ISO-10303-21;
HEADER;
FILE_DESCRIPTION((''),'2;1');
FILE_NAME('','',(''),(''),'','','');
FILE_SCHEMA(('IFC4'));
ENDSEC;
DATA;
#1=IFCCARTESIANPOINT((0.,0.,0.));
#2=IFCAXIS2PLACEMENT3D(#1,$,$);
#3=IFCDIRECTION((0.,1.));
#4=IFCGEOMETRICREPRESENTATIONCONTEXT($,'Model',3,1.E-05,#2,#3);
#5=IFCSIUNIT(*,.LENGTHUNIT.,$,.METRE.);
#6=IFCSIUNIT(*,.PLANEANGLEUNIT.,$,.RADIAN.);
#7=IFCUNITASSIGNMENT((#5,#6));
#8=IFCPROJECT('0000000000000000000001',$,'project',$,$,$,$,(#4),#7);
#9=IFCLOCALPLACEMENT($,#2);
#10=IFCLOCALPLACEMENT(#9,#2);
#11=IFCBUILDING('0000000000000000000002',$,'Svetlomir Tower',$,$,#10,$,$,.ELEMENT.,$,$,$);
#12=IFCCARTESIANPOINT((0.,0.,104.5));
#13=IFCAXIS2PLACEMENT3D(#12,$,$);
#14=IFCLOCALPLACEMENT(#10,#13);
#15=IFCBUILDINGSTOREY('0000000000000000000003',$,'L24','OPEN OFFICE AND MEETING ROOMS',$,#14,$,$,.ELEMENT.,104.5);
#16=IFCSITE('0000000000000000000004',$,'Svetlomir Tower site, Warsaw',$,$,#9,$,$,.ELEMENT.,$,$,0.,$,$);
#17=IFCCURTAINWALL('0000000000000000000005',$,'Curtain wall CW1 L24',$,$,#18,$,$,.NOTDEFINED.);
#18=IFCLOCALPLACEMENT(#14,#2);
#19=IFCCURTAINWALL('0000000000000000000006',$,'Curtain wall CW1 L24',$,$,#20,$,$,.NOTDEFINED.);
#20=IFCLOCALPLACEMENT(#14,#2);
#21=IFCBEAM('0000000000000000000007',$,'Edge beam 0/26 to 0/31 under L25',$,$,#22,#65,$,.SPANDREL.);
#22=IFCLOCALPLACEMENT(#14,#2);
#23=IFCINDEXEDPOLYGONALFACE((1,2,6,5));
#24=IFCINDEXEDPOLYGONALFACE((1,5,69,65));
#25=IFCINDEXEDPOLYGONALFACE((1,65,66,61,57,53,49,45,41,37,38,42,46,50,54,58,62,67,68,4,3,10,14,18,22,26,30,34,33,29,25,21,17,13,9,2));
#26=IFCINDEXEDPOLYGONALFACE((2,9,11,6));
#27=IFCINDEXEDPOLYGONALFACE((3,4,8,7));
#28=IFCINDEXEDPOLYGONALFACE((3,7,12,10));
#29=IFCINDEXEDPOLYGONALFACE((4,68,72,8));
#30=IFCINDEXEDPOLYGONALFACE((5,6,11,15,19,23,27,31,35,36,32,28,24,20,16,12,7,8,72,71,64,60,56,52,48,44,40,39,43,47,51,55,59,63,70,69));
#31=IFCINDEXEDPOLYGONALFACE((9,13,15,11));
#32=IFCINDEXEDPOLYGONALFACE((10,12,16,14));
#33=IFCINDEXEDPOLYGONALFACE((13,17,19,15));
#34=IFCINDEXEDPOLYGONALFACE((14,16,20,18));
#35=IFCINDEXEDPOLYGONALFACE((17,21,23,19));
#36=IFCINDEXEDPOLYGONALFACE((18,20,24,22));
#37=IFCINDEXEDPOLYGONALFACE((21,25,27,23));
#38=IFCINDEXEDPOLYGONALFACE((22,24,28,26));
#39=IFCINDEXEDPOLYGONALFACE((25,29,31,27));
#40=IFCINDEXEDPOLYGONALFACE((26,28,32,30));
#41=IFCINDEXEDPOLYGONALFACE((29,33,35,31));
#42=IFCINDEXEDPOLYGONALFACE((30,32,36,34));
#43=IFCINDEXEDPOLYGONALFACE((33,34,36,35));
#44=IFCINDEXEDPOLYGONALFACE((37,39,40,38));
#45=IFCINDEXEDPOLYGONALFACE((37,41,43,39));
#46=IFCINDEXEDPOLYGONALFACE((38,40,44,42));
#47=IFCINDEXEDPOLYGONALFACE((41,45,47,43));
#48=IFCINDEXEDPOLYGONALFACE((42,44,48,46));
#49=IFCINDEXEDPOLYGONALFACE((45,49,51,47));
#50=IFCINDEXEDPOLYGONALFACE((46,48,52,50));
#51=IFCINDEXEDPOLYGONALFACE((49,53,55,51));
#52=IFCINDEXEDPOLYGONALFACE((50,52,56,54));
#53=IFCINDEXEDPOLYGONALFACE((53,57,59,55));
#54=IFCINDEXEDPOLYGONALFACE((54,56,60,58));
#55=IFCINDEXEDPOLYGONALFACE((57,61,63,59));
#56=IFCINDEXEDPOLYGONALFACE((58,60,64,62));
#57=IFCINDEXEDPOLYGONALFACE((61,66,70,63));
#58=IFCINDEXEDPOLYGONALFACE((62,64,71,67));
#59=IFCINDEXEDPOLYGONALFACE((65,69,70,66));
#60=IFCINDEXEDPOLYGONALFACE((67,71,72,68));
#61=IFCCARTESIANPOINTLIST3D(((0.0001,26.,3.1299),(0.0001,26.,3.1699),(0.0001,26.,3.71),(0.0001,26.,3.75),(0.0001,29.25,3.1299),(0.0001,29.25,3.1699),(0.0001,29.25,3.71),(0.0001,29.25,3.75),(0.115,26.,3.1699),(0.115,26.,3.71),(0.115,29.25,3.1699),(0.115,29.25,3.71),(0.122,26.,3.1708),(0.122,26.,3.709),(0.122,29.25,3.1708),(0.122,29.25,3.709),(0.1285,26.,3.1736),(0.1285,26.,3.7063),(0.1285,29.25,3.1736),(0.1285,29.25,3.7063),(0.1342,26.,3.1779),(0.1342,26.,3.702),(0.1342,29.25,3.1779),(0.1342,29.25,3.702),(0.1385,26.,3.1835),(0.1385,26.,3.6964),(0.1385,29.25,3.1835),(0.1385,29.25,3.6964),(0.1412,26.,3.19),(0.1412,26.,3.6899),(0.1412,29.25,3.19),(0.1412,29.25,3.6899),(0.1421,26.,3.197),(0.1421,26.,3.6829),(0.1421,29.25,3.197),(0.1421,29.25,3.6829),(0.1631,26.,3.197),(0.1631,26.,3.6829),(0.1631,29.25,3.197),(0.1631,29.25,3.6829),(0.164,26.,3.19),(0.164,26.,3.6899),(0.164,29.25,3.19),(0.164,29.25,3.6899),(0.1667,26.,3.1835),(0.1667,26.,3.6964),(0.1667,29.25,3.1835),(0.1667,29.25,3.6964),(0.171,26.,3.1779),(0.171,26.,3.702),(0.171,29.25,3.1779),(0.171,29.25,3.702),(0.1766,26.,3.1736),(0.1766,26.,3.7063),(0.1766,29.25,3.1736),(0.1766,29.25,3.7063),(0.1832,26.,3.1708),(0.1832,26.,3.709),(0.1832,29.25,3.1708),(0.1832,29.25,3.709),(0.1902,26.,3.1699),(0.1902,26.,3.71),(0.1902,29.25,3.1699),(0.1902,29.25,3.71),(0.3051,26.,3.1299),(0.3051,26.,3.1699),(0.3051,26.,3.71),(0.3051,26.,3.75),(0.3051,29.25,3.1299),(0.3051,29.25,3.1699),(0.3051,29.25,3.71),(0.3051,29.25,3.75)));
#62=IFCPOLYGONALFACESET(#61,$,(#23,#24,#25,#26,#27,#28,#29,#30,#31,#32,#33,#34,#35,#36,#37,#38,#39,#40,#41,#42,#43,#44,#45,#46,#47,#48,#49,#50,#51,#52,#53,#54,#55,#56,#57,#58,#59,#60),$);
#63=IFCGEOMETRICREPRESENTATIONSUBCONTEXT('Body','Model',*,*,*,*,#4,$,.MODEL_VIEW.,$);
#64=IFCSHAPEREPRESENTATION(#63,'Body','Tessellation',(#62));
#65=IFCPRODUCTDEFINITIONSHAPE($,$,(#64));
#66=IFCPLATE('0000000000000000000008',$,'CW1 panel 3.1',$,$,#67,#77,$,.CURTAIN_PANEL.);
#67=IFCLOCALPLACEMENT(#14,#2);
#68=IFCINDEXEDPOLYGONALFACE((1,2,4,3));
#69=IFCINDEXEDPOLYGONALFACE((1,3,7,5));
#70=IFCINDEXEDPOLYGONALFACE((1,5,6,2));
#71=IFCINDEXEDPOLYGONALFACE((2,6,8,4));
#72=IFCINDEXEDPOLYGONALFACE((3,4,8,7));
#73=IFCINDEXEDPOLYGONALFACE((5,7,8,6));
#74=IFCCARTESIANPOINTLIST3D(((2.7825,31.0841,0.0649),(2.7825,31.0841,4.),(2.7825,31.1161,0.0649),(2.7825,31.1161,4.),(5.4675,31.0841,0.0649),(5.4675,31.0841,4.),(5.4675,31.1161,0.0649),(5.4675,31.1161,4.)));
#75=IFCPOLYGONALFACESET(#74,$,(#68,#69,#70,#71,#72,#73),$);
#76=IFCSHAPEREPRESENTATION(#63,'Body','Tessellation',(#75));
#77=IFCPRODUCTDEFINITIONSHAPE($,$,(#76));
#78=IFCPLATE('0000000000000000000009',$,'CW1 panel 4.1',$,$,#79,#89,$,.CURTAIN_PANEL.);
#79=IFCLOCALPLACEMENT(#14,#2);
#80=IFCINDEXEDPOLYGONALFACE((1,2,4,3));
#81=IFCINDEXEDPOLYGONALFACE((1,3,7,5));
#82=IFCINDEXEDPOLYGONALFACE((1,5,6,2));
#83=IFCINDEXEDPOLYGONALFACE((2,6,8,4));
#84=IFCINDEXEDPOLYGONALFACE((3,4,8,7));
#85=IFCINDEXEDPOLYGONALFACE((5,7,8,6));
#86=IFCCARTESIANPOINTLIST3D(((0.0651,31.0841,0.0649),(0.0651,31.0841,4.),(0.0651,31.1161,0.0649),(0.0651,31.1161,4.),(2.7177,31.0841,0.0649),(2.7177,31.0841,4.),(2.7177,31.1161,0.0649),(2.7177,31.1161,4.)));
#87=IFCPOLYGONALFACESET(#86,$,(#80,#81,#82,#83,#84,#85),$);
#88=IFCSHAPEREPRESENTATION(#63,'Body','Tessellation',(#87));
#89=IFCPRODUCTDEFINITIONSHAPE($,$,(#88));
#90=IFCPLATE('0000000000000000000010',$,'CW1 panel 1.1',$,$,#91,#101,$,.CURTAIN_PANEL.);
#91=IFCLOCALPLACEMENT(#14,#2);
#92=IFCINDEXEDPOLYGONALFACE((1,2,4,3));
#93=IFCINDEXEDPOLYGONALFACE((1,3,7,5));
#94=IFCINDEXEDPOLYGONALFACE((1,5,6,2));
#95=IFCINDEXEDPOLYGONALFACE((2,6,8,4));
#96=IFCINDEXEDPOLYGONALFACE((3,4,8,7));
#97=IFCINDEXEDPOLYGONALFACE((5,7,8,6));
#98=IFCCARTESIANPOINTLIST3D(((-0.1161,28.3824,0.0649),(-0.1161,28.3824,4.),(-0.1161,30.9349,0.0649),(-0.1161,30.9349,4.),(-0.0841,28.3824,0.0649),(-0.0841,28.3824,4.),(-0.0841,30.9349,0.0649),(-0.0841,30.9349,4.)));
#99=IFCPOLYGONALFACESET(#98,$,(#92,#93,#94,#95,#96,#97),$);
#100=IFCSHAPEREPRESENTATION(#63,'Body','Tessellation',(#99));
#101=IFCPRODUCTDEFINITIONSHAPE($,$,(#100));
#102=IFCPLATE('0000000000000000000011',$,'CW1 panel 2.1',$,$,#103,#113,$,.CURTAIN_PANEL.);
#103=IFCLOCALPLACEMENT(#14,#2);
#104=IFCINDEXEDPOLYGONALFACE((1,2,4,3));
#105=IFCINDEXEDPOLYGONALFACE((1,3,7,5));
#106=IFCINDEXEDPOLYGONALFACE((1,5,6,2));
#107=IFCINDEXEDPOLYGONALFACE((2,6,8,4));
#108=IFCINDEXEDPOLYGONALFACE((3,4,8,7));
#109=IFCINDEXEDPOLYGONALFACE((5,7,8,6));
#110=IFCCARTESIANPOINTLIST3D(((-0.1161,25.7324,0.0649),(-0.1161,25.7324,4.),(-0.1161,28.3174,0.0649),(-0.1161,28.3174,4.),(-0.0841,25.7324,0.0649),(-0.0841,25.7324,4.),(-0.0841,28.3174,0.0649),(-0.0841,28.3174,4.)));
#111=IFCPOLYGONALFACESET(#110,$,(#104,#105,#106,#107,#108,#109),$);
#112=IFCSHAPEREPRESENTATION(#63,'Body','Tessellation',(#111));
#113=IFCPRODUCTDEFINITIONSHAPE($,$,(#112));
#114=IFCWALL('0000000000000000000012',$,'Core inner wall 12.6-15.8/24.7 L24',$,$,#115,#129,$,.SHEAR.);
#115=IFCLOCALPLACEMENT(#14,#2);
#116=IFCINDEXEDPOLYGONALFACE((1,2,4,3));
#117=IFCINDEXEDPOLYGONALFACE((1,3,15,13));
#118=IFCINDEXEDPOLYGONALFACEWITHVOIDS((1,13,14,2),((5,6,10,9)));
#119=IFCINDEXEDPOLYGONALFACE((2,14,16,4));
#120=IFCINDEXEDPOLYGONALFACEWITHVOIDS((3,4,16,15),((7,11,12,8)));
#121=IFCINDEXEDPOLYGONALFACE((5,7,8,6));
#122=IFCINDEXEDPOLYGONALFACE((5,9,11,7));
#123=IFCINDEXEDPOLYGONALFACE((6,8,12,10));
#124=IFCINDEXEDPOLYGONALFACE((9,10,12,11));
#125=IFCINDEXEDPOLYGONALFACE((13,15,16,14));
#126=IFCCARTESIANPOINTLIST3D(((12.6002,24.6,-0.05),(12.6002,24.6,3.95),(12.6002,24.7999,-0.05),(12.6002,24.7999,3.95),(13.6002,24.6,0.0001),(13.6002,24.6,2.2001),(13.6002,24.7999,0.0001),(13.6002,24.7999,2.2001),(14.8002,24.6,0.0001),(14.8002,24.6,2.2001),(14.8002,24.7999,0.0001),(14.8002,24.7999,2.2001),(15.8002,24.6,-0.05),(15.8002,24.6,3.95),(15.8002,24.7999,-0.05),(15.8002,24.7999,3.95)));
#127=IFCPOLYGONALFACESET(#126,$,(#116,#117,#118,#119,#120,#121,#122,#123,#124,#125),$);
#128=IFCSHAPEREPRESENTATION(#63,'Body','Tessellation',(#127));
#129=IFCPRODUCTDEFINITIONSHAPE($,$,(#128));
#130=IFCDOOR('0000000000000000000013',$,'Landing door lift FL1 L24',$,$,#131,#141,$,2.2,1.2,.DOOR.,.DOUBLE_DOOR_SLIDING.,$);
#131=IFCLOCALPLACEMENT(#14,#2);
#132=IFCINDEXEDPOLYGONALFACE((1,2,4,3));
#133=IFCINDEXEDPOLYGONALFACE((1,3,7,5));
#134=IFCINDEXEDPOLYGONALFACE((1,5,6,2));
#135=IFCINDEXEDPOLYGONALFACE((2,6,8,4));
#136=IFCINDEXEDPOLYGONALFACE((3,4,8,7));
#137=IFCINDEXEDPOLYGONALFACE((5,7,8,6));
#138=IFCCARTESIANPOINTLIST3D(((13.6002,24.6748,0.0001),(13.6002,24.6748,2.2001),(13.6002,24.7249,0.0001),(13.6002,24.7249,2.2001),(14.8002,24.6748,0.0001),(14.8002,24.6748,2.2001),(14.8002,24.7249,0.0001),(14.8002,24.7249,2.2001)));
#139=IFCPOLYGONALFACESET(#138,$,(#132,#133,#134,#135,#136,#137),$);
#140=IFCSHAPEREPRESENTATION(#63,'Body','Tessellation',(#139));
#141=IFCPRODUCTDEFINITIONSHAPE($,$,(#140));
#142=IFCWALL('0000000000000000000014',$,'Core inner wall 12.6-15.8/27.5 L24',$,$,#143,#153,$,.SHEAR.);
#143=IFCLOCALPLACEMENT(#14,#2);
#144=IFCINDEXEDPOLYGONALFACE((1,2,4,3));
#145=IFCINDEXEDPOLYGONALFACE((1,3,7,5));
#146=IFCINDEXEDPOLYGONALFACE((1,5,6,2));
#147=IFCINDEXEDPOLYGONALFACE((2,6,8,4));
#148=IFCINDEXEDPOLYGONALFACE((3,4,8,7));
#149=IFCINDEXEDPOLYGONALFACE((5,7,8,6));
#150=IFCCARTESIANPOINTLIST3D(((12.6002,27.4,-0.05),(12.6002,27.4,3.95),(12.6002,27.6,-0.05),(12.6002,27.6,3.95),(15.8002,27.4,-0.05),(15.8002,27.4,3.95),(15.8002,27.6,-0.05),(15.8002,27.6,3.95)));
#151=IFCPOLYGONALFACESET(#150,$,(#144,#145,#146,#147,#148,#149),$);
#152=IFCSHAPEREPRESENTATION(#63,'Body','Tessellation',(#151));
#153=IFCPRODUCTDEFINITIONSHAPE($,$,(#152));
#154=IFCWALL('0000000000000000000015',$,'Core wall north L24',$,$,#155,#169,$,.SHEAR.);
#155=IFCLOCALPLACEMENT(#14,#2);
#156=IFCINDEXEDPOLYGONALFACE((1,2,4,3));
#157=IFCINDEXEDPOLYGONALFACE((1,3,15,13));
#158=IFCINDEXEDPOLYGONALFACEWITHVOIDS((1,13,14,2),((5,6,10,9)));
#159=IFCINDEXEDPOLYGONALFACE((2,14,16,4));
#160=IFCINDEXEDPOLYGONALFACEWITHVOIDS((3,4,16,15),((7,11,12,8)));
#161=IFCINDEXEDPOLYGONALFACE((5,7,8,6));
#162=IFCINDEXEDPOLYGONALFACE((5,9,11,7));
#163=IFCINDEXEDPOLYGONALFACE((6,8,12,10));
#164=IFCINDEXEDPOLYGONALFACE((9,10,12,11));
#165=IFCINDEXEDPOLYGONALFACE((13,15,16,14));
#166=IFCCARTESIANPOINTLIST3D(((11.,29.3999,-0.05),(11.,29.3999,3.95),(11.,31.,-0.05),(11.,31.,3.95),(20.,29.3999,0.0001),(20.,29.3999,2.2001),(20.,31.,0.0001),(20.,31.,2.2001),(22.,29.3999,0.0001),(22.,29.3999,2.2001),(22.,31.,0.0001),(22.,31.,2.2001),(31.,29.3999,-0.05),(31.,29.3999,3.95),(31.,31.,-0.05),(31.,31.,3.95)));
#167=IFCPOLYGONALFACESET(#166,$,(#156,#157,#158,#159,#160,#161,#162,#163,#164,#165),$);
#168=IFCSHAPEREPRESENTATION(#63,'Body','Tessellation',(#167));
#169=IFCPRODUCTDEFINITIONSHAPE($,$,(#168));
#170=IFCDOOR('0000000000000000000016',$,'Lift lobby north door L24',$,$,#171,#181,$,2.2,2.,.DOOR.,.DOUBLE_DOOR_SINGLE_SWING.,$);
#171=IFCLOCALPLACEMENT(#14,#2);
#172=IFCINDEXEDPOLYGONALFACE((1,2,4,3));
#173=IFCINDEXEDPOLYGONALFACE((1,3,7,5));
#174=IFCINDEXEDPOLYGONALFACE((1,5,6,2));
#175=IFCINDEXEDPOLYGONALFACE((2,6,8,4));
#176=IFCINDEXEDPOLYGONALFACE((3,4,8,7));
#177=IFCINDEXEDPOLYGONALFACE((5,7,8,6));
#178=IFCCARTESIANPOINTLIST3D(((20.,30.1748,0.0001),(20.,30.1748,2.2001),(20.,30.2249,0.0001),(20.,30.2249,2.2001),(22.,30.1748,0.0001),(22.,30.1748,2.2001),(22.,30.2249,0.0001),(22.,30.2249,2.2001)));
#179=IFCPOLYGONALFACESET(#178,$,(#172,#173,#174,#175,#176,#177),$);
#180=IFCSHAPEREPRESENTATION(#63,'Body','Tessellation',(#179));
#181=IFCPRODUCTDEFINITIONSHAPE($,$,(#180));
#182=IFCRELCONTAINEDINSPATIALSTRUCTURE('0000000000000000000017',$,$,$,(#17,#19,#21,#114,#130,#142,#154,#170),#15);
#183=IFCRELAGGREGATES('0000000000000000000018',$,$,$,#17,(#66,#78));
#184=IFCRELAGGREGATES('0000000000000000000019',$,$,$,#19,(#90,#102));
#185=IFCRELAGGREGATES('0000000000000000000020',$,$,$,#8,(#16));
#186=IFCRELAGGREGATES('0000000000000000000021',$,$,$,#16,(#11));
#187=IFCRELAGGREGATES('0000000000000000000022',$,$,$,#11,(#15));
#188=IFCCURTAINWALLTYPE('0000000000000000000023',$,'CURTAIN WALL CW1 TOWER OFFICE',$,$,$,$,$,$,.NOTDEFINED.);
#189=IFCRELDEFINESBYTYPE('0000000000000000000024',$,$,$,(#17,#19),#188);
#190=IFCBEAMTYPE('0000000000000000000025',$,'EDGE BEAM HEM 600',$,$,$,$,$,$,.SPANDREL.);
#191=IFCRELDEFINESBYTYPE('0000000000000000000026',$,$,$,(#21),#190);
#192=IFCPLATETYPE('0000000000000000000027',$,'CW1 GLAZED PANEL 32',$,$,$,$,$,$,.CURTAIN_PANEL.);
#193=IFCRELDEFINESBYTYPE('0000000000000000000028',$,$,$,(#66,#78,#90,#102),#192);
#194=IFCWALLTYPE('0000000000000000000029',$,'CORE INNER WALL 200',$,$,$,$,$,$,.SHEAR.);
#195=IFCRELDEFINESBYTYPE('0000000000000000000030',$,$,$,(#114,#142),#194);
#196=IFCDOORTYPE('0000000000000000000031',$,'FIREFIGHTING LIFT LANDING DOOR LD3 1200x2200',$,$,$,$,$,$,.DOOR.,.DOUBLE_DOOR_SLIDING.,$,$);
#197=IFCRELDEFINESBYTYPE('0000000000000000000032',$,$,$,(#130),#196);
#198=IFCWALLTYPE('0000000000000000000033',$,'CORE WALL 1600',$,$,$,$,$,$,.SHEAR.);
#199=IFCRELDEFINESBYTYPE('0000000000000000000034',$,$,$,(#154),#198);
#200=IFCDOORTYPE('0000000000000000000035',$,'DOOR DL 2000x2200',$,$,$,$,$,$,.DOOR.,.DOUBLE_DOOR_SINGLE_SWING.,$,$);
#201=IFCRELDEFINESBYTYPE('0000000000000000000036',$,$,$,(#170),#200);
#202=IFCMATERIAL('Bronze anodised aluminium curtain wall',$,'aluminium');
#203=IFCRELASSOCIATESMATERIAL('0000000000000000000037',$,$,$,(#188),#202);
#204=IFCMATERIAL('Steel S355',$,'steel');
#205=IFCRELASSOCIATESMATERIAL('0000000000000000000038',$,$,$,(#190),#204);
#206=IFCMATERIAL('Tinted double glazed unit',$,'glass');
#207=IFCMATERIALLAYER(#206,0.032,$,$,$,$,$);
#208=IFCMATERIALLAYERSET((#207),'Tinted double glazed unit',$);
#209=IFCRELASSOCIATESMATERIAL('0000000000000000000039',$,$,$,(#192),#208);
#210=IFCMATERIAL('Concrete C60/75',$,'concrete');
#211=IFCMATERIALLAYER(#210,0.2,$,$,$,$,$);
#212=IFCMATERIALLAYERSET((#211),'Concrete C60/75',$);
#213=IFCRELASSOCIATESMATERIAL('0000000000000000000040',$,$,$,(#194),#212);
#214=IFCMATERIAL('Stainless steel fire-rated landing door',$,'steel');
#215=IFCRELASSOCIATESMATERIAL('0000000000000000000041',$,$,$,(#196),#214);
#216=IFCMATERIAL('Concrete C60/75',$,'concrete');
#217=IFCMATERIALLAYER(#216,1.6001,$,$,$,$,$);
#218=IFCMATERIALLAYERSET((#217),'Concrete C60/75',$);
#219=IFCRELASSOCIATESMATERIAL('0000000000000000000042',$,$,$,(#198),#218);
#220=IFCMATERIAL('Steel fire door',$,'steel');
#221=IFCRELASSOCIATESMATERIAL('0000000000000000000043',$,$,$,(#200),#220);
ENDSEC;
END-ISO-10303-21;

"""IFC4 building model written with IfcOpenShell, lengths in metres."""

from ifc_helpers import new_model, si_unit, direction, frame, frame_2d, origin, origin_2d, place, context, subcontext, project, spatial, rectangle, i_section, extrude, material, layer, layer_set, material_profile, profile_set, type_object, element, fill, aggregate, save


model = new_model("IFC4")

# Units and contexts
model_context = context("Model", 3, precision=1e-05, world=origin(), true_north=direction((0.0, 1.0)))
body_context = subcontext(model_context, "Body", "Model", "MODEL_VIEW")
ifc_project = project(units=[si_unit("LENGTHUNIT", "METRE"), si_unit("PLANEANGLEUNIT", "RADIAN")], contexts=[model_context])

# Site, building, storey
site_placement = place(None, origin())
site = spatial("IfcSite", under=ifc_project, at=site_placement, Name="Svetlomir Tower site, Warsaw", CompositionType="ELEMENT", RefElevation=0.0)
building_placement = place(site_placement, origin())
building = spatial("IfcBuilding", under=site, at=building_placement, Name="Svetlomir Tower", CompositionType="ELEMENT")
storey_placement = place(building_placement, frame((0.0, 0.0, 104.5)))
storey = spatial("IfcBuildingStorey", under=building, at=storey_placement, Name="L24", Description="OPEN OFFICE AND MEETING ROOMS", CompositionType="ELEMENT", Elevation=104.5)

# Shared definitions
ifc_material_1 = material(Name="Bronze anodised aluminium curtain wall", Category="aluminium")
curtain_wall_type = type_object("IfcCurtainWallType", Name="CURTAIN WALL CW1 TOWER OFFICE", PredefinedType="NOTDEFINED", material=ifc_material_1)

# Curtain walls
curtain_wall_1_placement = place(storey_placement, origin())
curtain_wall_1 = element("IfcCurtainWall", 1, at=curtain_wall_1_placement, inside=storey, type_object=curtain_wall_type, Name="Curtain wall CW1 L24", PredefinedType="NOTDEFINED")
curtain_wall_2_placement = place(storey_placement, origin())
curtain_wall_2 = element("IfcCurtainWall", 2, at=curtain_wall_2_placement, inside=storey, type_object=curtain_wall_type, Name="Curtain wall CW1 L24", PredefinedType="NOTDEFINED")

# Beam
ifc_material_2 = material(Name="Steel S355", Category="steel")
ifc_material_profile_1 = material_profile(ifc_material_2, i_section(OverallWidth=0.3049, OverallDepth=0.6201, WebThickness=0.021, FlangeThickness=0.04, FilletRadius=0.0271, at=origin_2d()), Name="HEM 600")
ifc_profile_set_1 = profile_set([ifc_material_profile_1], Name="Steel S355")
beam_type = type_object("IfcBeamType", Name="EDGE BEAM HEM 600", PredefinedType="SPANDREL", material=ifc_profile_set_1)
beam_placement = place(storey_placement, frame((0.1526, 26.0, 3.4399), z_axis=(0.0, 1.0, 0.0), x_axis=(-1.0, 0.0, 0.0)))
element("IfcBeam", 3, at=beam_placement, inside=storey, type_object=beam_type, Name="Edge beam 0/26 to 0/31 under L25", PredefinedType="SPANDREL", context=body_context, shape_type="SweptSolid", body=[
    extrude(i_section(OverallWidth=0.3049, OverallDepth=0.6201, WebThickness=0.021, FlangeThickness=0.04, FilletRadius=0.0271, at=origin_2d()), origin(), (0.0, 0.0, 1.0), 3.25),
])

# Plates
ifc_material_3 = material(Name="Tinted double glazed unit", Category="glass")
ifc_layer_1 = layer(ifc_material_3, 0.032)
ifc_layer_set_1 = layer_set([ifc_layer_1], Name="Tinted double glazed unit")
plate_type = type_object("IfcPlateType", Name="CW1 GLAZED PANEL 32", PredefinedType="CURTAIN_PANEL", material=ifc_layer_set_1)
plate_1_placement = place(storey_placement, frame((4.125, 31.1001, 0.0649), z_axis=(0.0, 0.0, 1.0), x_axis=(-1.0, 0.0, 0.0)))
plate_1 = element("IfcPlate", 4, at=plate_1_placement, type_object=plate_type, Name="CW1 panel 3.1", PredefinedType="CURTAIN_PANEL", context=body_context, shape_type="SweptSolid", body=[
    extrude(rectangle(XDim=2.6851, YDim=0.032, at=origin_2d()), origin(), (0.0, 0.0, 1.0), 3.9351),
])
plate_2_placement = place(storey_placement, frame((1.3914, 31.1001, 0.0649), z_axis=(0.0, 0.0, 1.0), x_axis=(-1.0, 0.0, 0.0)))
plate_2 = element("IfcPlate", 5, at=plate_2_placement, type_object=plate_type, Name="CW1 panel 4.1", PredefinedType="CURTAIN_PANEL", context=body_context, shape_type="SweptSolid", body=[
    extrude(rectangle(XDim=2.6526, YDim=0.032, at=origin_2d()), origin(), (0.0, 0.0, 1.0), 3.9351),
])
aggregate(curtain_wall_1, [plate_1, plate_2])
plate_3_placement = place(storey_placement, frame((-0.1001, 29.6587, 0.0649), z_axis=(0.0, 0.0, 1.0), x_axis=(0.0, -1.0, 0.0)))
plate_3 = element("IfcPlate", 6, at=plate_3_placement, type_object=plate_type, Name="CW1 panel 1.1", PredefinedType="CURTAIN_PANEL", context=body_context, shape_type="SweptSolid", body=[
    extrude(rectangle(XDim=2.5525, YDim=0.032, at=origin_2d()), origin(), (0.0, 0.0, 1.0), 3.9351),
])
plate_4_placement = place(storey_placement, frame((-0.1001, 27.0249, 0.0649), z_axis=(0.0, 0.0, 1.0), x_axis=(0.0, -1.0, 0.0)))
plate_4 = element("IfcPlate", 7, at=plate_4_placement, type_object=plate_type, Name="CW1 panel 2.1", PredefinedType="CURTAIN_PANEL", context=body_context, shape_type="SweptSolid", body=[
    extrude(rectangle(XDim=2.585, YDim=0.032, at=origin_2d()), origin(), (0.0, 0.0, 1.0), 3.9351),
])
aggregate(curtain_wall_2, [plate_3, plate_4])

# Wall, opening, door
ifc_material_4 = material(Name="Concrete C60/75", Category="concrete")
ifc_layer_2 = layer(ifc_material_4, 0.2)
ifc_layer_set_2 = layer_set([ifc_layer_2], Name="Concrete C60/75")
wall_type_1 = type_object("IfcWallType", Name="CORE INNER WALL 200", PredefinedType="SHEAR", material=ifc_layer_set_2)
wall_1_placement = place(storey_placement, frame((12.6001, 24.7, -0.05), z_axis=(0.0, 0.0, 1.0), x_axis=(1.0, 0.0, 0.0)))
wall_1 = element("IfcWall", 8, at=wall_1_placement, inside=storey, type_object=wall_type_1, Name="Core inner wall 12.6-15.8/24.7 L24", PredefinedType="SHEAR", context=body_context, shape_type="SweptSolid", body=[
    extrude(rectangle(XDim=3.2, YDim=0.2, at=frame_2d((1.6001, 0.0))), origin(), (0.0, 0.0, 1.0), 4.0),
])
opening_1_placement = place(wall_1_placement, frame((1.0, 0.0, 0.05)))
opening_1 = element("IfcOpeningElement", 9, at=opening_1_placement, cuts=wall_1, PredefinedType="OPENING", context=body_context, shape_type="SweptSolid", body=[
    extrude(rectangle(XDim=1.2, YDim=2.2, at=frame_2d((0.6001, 1.1001))), frame((0.0, 0.1099, 0.0), z_axis=(0.0, -1.0, 0.0), x_axis=(1.0, 0.0, 0.0)), (0.0, 0.0, 1.0), 0.22),
])
ifc_material_5 = material(Name="Stainless steel fire-rated landing door", Category="steel")
door_type_1 = type_object("IfcDoorType", Name="FIREFIGHTING LIFT LANDING DOOR LD3 1200x2200", OperationType="DOUBLE_DOOR_SLIDING", PredefinedType="DOOR", material=ifc_material_5)
door_1_placement = place(opening_1_placement, origin())
door_1 = element("IfcDoor", 10, at=door_1_placement, inside=storey, type_object=door_type_1, Name="Landing door lift FL1 L24", OperationType="DOUBLE_DOOR_SLIDING", OverallHeight=2.2, OverallWidth=1.2, PredefinedType="DOOR", context=body_context, shape_type="SweptSolid", body=[
    extrude(rectangle(XDim=1.2, YDim=2.2, at=frame_2d((0.6001, 1.1001))), frame((0.0, 0.0249, 0.0), z_axis=(0.0, -1.0, 0.0), x_axis=(1.0, 0.0, 0.0)), (0.0, 0.0, 1.0), 0.05),
])
fill(opening_1, door_1)

# Wall
wall_2_placement = place(storey_placement, frame((12.6001, 27.5, -0.05), z_axis=(0.0, 0.0, 1.0), x_axis=(1.0, 0.0, 0.0)))
element("IfcWall", 11, at=wall_2_placement, inside=storey, type_object=wall_type_1, Name="Core inner wall 12.6-15.8/27.5 L24", PredefinedType="SHEAR", context=body_context, shape_type="SweptSolid", body=[
    extrude(rectangle(XDim=3.2, YDim=0.2, at=frame_2d((1.6001, 0.0))), origin(), (0.0, 0.0, 1.0), 4.0),
])

# Wall, opening, door
ifc_material_6 = material(Name="Concrete C60/75", Category="concrete")
ifc_layer_3 = layer(ifc_material_6, 1.6001)
ifc_layer_set_3 = layer_set([ifc_layer_3], Name="Concrete C60/75")
wall_type_2 = type_object("IfcWallType", Name="CORE WALL 1600", PredefinedType="SHEAR", material=ifc_layer_set_3)
wall_3_placement = place(storey_placement, frame((11.0, 30.2, -0.05), z_axis=(0.0, 0.0, 1.0), x_axis=(1.0, 0.0, 0.0)))
wall_3 = element("IfcWall", 12, at=wall_3_placement, inside=storey, type_object=wall_type_2, Name="Core wall north L24", PredefinedType="SHEAR", context=body_context, shape_type="SweptSolid", body=[
    extrude(rectangle(XDim=20.0, YDim=1.6001, at=frame_2d((10.0, 0.0))), origin(), (0.0, 0.0, 1.0), 4.0),
])
opening_2_placement = place(wall_3_placement, frame((9.0, 0.0, 0.05)))
opening_2 = element("IfcOpeningElement", 13, at=opening_2_placement, cuts=wall_3, PredefinedType="OPENING", context=body_context, shape_type="SweptSolid", body=[
    extrude(rectangle(XDim=2.0, YDim=2.2, at=frame_2d((1.0, 1.1001))), frame((0.0, 0.8101, 0.0), z_axis=(0.0, -1.0, 0.0), x_axis=(1.0, 0.0, 0.0)), (0.0, 0.0, 1.0), 1.6201),
])
ifc_material_7 = material(Name="Steel fire door", Category="steel")
door_type_2 = type_object("IfcDoorType", Name="DOOR DL 2000x2200", OperationType="DOUBLE_DOOR_SINGLE_SWING", PredefinedType="DOOR", material=ifc_material_7)
door_2_placement = place(opening_2_placement, origin())
door_2 = element("IfcDoor", 14, at=door_2_placement, inside=storey, type_object=door_type_2, Name="Lift lobby north door L24", OperationType="DOUBLE_DOOR_SINGLE_SWING", OverallHeight=2.2, OverallWidth=2.0, PredefinedType="DOOR", context=body_context, shape_type="SweptSolid", body=[
    extrude(rectangle(XDim=2.0, YDim=2.2, at=frame_2d((1.0, 1.1001))), frame((0.0, 0.0249, 0.0), z_axis=(0.0, -1.0, 0.0), x_axis=(1.0, 0.0, 0.0)), (0.0, 0.0, 1.0), 0.05),
])
fill(opening_2, door_2)

save(model, "model.ifc")
